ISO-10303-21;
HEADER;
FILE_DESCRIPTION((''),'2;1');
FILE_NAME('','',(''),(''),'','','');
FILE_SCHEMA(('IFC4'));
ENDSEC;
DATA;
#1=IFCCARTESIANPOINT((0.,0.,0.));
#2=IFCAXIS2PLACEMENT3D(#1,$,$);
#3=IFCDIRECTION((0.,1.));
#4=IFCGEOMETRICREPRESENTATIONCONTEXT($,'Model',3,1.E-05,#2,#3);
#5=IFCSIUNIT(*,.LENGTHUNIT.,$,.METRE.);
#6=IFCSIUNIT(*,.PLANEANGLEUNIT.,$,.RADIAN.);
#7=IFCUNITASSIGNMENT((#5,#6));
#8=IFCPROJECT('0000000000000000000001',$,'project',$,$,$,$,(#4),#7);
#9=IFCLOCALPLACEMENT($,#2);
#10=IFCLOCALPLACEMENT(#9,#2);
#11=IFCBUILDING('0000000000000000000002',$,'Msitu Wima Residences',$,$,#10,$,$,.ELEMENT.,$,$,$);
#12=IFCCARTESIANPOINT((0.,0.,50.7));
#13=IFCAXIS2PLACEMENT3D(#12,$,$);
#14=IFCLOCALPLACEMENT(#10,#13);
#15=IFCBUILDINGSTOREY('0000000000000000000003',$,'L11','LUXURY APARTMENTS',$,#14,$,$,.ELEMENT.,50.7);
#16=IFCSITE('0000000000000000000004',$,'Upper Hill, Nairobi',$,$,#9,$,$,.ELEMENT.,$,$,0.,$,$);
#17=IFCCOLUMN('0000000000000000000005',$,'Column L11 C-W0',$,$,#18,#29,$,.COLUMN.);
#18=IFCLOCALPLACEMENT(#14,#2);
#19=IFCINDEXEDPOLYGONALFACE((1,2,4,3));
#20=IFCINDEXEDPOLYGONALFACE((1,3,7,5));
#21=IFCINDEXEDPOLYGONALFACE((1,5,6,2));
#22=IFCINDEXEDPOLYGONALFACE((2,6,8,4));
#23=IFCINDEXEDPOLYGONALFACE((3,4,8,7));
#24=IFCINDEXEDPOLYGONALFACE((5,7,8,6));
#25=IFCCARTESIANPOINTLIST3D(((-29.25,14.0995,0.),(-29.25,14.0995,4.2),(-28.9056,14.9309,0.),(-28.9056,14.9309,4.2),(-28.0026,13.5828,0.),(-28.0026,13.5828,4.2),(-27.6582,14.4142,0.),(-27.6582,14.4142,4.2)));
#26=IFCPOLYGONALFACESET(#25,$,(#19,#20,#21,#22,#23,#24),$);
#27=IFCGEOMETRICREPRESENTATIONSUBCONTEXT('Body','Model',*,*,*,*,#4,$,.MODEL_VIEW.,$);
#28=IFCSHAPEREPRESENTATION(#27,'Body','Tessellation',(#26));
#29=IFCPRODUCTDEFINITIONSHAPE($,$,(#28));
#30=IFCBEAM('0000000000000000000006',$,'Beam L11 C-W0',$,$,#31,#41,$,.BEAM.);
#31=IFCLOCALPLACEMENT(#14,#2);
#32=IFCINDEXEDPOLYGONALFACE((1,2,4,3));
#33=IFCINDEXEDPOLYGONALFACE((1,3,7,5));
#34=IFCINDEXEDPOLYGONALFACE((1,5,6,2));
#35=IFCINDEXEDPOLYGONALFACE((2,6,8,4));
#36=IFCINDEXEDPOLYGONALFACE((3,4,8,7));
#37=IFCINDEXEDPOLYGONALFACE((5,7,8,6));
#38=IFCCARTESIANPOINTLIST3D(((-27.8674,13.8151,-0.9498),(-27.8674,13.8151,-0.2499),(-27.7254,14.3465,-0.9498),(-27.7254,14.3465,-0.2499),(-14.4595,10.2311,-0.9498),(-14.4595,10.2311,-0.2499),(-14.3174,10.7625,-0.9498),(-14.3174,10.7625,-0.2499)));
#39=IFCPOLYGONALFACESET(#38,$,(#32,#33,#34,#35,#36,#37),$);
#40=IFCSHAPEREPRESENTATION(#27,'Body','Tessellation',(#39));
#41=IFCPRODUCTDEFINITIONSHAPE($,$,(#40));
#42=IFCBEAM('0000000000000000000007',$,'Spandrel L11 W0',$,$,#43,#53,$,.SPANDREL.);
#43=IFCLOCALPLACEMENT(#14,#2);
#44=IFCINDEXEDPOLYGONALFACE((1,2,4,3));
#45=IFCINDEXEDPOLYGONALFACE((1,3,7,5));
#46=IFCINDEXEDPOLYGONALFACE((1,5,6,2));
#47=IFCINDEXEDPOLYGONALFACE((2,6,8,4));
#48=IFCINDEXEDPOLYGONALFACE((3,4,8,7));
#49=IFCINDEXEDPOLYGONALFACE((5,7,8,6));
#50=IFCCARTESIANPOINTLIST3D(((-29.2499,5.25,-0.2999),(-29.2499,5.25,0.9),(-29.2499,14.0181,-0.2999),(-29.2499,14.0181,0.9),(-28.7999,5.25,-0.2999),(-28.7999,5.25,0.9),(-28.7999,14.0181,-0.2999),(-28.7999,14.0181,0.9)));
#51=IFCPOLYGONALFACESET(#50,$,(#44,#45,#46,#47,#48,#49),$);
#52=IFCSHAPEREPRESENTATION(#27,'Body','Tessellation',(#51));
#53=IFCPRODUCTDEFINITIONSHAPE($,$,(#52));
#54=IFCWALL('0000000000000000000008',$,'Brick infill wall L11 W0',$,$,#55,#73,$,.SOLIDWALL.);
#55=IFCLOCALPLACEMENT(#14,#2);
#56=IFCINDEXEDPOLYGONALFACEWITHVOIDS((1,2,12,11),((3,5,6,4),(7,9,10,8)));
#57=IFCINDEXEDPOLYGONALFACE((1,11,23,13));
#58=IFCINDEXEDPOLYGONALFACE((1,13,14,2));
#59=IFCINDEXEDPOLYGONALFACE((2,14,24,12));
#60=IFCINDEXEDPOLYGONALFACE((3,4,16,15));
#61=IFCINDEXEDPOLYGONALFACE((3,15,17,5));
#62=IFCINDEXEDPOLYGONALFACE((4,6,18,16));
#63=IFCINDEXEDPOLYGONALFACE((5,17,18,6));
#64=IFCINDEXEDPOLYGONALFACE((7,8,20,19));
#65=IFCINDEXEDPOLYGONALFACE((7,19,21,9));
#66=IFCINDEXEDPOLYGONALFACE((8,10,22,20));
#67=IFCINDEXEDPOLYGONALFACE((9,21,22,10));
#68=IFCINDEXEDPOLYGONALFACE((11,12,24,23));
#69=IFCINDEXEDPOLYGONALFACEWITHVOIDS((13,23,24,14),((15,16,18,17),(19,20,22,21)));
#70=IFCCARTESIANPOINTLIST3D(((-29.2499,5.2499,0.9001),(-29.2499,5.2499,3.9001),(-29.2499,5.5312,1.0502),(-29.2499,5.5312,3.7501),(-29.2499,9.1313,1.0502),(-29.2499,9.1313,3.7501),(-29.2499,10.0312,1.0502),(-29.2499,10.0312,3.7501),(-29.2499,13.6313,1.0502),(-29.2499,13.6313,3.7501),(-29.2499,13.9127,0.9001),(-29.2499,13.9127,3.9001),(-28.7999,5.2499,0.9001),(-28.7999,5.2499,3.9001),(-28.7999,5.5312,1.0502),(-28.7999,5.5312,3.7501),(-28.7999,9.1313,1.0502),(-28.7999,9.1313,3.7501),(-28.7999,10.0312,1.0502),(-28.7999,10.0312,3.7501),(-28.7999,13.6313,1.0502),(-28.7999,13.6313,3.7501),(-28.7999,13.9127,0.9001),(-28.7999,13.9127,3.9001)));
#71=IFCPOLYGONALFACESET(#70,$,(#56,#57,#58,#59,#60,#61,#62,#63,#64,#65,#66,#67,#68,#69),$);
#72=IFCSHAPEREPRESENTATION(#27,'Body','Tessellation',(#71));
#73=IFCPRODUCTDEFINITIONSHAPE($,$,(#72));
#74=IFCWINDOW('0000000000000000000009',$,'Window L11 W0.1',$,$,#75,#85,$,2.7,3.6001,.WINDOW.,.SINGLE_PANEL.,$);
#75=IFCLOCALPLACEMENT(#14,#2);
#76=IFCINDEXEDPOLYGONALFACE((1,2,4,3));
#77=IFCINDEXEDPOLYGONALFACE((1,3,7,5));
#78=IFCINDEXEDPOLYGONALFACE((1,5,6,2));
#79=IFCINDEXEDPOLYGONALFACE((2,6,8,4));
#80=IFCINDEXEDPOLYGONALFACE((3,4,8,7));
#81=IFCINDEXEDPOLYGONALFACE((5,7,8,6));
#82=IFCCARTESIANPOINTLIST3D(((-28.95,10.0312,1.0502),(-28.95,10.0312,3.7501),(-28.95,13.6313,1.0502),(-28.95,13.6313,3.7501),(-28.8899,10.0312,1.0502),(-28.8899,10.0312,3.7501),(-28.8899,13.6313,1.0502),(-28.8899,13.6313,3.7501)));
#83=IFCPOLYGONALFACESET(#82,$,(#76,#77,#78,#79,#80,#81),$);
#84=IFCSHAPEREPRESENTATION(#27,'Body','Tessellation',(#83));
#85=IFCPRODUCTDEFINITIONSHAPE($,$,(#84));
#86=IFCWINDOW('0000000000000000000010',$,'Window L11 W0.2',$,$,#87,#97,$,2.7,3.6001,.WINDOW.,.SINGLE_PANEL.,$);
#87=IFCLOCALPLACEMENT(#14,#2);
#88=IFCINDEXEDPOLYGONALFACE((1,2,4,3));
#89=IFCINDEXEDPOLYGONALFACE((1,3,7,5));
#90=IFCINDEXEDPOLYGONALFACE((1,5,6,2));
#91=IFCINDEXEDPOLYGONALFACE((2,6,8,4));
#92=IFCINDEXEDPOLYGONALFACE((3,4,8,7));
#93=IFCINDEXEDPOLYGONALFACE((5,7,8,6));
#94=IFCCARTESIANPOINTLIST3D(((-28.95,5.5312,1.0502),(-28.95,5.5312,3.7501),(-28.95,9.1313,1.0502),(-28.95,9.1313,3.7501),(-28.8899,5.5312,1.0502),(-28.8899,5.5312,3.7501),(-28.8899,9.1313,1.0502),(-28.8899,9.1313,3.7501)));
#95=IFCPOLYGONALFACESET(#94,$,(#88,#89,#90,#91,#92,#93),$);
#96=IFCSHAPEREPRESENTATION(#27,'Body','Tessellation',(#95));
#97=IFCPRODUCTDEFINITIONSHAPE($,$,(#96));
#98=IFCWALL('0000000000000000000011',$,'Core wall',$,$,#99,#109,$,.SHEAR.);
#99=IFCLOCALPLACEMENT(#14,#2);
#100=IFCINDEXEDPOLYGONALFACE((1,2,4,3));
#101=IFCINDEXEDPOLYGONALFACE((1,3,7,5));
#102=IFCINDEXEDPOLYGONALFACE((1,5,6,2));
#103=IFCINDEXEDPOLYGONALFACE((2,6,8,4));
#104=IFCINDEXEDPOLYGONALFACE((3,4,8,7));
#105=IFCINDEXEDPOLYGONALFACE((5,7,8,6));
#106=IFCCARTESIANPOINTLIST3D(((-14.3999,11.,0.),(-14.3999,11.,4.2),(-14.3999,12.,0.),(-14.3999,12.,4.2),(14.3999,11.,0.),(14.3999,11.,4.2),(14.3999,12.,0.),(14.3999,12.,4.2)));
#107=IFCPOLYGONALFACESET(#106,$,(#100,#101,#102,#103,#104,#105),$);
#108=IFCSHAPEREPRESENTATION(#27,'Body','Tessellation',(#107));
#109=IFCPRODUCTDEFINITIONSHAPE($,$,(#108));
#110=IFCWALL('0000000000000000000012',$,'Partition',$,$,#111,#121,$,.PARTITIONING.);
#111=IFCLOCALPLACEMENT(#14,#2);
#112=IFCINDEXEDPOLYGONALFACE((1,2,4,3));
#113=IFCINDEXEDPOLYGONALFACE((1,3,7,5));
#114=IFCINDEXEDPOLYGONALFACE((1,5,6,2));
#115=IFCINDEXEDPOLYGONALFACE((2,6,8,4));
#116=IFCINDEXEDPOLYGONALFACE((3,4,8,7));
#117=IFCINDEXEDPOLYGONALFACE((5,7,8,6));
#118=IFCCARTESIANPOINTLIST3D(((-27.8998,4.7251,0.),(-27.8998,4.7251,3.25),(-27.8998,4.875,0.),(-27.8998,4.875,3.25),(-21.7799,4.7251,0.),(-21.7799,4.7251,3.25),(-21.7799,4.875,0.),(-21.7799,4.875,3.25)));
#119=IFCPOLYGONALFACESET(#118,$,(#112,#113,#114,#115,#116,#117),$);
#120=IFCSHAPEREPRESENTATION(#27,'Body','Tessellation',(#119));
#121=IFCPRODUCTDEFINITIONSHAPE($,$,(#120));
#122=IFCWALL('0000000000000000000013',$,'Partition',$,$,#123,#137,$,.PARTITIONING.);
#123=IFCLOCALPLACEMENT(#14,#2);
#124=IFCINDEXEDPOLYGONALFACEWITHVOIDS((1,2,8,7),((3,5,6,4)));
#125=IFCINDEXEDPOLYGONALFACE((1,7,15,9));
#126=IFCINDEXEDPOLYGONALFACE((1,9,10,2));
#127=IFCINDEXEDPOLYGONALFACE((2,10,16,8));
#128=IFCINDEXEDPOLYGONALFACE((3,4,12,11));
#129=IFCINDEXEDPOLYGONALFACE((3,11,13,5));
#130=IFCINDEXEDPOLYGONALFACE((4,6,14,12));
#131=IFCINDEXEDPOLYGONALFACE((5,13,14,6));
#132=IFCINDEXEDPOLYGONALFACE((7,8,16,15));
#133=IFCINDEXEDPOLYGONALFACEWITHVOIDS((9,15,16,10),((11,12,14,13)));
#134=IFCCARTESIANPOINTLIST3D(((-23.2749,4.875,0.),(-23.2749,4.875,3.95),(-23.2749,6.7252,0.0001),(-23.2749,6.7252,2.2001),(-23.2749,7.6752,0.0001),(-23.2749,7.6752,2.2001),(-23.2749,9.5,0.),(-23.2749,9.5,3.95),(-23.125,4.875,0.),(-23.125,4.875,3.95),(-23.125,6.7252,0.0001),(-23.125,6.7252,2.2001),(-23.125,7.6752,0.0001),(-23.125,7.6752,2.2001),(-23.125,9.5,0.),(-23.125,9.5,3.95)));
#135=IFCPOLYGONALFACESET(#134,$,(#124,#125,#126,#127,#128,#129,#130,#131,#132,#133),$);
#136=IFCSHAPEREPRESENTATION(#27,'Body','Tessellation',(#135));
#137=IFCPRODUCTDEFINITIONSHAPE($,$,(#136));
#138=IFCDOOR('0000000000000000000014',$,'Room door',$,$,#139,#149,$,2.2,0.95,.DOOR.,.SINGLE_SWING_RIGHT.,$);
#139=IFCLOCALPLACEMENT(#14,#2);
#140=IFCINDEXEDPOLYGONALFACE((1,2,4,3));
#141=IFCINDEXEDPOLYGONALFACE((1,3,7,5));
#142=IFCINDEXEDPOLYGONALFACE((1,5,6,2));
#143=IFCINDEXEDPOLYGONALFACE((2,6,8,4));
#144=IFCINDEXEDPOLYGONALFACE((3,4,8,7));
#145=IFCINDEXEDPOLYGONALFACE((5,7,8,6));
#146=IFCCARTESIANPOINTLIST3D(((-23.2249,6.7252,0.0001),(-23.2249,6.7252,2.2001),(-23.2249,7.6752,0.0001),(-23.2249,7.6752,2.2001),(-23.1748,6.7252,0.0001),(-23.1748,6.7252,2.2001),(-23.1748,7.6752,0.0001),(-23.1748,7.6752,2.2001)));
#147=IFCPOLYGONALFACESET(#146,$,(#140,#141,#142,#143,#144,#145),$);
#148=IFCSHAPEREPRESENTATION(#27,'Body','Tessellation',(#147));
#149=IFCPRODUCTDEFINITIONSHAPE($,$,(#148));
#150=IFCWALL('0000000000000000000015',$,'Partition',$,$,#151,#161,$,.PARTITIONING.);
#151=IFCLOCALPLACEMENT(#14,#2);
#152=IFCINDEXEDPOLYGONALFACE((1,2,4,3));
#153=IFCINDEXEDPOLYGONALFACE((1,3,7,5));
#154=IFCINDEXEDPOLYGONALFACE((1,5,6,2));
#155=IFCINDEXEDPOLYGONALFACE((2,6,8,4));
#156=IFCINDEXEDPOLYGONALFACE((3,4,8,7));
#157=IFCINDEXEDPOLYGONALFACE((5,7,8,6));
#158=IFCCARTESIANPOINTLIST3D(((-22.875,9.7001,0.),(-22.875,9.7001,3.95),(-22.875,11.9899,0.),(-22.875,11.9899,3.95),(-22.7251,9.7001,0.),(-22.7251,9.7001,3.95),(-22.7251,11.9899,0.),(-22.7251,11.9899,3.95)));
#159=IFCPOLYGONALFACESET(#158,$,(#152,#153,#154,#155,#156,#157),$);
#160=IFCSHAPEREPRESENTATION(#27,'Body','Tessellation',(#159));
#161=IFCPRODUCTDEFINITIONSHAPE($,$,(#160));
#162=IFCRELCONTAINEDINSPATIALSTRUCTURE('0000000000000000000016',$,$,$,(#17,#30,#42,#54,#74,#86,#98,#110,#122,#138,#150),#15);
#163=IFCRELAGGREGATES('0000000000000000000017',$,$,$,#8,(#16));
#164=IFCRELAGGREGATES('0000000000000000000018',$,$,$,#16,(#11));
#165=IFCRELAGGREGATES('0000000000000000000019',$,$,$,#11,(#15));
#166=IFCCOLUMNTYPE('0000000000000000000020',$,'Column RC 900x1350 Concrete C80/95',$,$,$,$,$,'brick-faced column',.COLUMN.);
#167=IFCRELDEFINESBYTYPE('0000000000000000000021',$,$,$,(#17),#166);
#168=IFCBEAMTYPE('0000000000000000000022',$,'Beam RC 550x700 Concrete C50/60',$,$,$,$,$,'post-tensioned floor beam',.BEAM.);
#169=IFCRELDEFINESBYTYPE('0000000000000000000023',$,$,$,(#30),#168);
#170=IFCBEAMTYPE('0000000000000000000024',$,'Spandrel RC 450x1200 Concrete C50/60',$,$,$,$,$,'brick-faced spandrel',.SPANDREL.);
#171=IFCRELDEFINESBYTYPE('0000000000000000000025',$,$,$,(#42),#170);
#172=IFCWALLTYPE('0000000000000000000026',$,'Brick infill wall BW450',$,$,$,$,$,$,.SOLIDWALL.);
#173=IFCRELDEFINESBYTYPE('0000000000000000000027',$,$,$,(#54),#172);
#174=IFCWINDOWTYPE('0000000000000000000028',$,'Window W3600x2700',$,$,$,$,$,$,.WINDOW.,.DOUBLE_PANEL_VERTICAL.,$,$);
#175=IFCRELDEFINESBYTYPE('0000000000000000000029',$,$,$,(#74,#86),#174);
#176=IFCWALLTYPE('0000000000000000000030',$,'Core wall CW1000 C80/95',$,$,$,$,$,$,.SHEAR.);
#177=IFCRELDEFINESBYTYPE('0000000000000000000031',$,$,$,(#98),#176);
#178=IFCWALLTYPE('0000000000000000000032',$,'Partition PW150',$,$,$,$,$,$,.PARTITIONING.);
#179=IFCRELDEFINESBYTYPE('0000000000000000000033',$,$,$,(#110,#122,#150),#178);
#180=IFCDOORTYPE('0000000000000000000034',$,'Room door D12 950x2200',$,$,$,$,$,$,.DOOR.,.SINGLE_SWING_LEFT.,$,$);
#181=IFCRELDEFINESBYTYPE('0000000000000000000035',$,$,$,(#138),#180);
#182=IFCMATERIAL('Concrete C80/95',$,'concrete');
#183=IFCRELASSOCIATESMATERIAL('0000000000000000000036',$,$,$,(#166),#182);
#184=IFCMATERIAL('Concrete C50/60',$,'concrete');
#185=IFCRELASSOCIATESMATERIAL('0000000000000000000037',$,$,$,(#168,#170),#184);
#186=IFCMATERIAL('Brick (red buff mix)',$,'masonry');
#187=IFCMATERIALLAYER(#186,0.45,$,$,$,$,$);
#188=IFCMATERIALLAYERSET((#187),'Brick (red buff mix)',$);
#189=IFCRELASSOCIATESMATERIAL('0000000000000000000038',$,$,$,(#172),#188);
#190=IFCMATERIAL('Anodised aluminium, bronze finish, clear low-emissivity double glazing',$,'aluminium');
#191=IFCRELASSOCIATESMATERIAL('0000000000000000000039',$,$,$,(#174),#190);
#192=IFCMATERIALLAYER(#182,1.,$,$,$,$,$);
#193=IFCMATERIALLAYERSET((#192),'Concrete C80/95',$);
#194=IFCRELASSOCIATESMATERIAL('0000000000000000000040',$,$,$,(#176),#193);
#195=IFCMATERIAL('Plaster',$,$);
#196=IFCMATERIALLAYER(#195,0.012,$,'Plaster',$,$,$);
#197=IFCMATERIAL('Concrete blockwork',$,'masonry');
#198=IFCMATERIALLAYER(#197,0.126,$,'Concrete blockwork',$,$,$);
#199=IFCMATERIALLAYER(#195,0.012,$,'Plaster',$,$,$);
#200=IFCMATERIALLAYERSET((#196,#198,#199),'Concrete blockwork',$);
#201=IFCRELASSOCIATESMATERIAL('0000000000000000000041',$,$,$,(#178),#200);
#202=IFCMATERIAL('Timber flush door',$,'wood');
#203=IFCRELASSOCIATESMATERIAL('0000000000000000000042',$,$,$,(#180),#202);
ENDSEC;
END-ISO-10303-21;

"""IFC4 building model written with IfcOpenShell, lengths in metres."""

from ifc_helpers import new_model, si_unit, direction, frame, frame_2d, origin, origin_2d, place, context, subcontext, project, spatial, rectangle, extrude, material, layer, layer_set, material_profile, profile_set, type_object, element, fill, save


model = new_model("IFC4")

# Units and contexts
model_context = context("Model", 3, precision=1e-05, world=origin(), true_north=direction((0.0, 1.0)))
body_context = subcontext(model_context, "Body", "Model", "MODEL_VIEW")
ifc_project = project(units=[si_unit("LENGTHUNIT", "METRE"), si_unit("PLANEANGLEUNIT", "RADIAN")], contexts=[model_context])

# Site, building, storey
site_placement = place(None, origin())
site = spatial("IfcSite", under=ifc_project, at=site_placement, Name="Upper Hill, Nairobi", CompositionType="ELEMENT", RefElevation=0.0)
building_placement = place(site_placement, origin())
building = spatial("IfcBuilding", under=site, at=building_placement, Name="Msitu Wima Residences", CompositionType="ELEMENT")
storey_placement = place(building_placement, frame((0.0, 0.0, 50.7)))
storey = spatial("IfcBuildingStorey", under=building, at=storey_placement, Name="L11", Description="LUXURY APARTMENTS", CompositionType="ELEMENT", Elevation=50.7)

# Column
ifc_material_1 = material(Name="Concrete C80/95", Category="concrete")
ifc_material_profile_1 = material_profile(ifc_material_1, rectangle(XDim=0.8999, YDim=1.3501, at=origin_2d()), Name="RC 900x1350")
ifc_profile_set_1 = profile_set([ifc_material_profile_1], Name="Concrete C80/95")
column_type = type_object("IfcColumnType", Name="Column RC 900x1350 Concrete C80/95", ElementType="brick-faced column", PredefinedType="COLUMN", material=ifc_profile_set_1)
column_placement = place(storey_placement, frame((-28.4541, 14.2568, 0.0), z_axis=(0.0, 0.0, 1.0), x_axis=(-0.382683, -0.92388, 0.0)))
element("IfcColumn", 1, at=column_placement, inside=storey, type_object=column_type, Name="Column L11 C-W0", PredefinedType="COLUMN", context=body_context, shape_type="SweptSolid", body=[
    extrude(rectangle(XDim=0.8999, YDim=1.3501, at=origin_2d()), origin(), (0.0, 0.0, 1.0), 4.2),
])

# Beams
ifc_material_2 = material(Name="Concrete C50/60", Category="concrete")
ifc_material_profile_2 = material_profile(ifc_material_2, rectangle(XDim=0.55, YDim=0.7, at=origin_2d()), Name="RC 550x700")
ifc_profile_set_2 = profile_set([ifc_material_profile_2], Name="Concrete C50/60")
beam_type_1 = type_object("IfcBeamType", Name="Beam RC 550x700 Concrete C50/60", ElementType="post-tensioned floor beam", PredefinedType="BEAM", material=ifc_profile_set_2)
beam_1_placement = place(storey_placement, frame((-27.7964, 14.0808, -0.5999), z_axis=(0.966082, -0.258236, 0.0), x_axis=(0.258236, 0.966082, 0.0)))
element("IfcBeam", 2, at=beam_1_placement, inside=storey, type_object=beam_type_1, Name="Beam L11 C-W0", PredefinedType="BEAM", context=body_context, shape_type="SweptSolid", body=[
    extrude(rectangle(XDim=0.55, YDim=0.7, at=origin_2d()), origin(), (0.0, 0.0, 1.0), 13.8787),
])
ifc_material_profile_3 = material_profile(ifc_material_2, rectangle(XDim=0.45, YDim=1.2, at=origin_2d()), Name="RC 450x1200")
ifc_profile_set_3 = profile_set([ifc_material_profile_3], Name="Concrete C50/60")
beam_type_2 = type_object("IfcBeamType", Name="Spandrel RC 450x1200 Concrete C50/60", ElementType="brick-faced spandrel", PredefinedType="SPANDREL", material=ifc_profile_set_3)
beam_2_placement = place(storey_placement, frame((-29.0249, 14.0181, 0.3), z_axis=(0.0, -1.0, 0.0), x_axis=(1.0, 0.0, 0.0)))
element("IfcBeam", 3, at=beam_2_placement, inside=storey, type_object=beam_type_2, Name="Spandrel L11 W0", PredefinedType="SPANDREL", context=body_context, shape_type="SweptSolid", body=[
    extrude(rectangle(XDim=0.45, YDim=1.2, at=origin_2d()), origin(), (0.0, 0.0, 1.0), 8.7681),
])

# Wall, openings, windows
ifc_material_3 = material(Name="Brick (red buff mix)", Category="masonry")
ifc_layer_1 = layer(ifc_material_3, 0.45)
ifc_layer_set_1 = layer_set([ifc_layer_1], Name="Brick (red buff mix)")
wall_type_1 = type_object("IfcWallType", Name="Brick infill wall BW450", PredefinedType="SOLIDWALL", material=ifc_layer_set_1)
wall_1_placement = place(storey_placement, frame((-29.0249, 13.9128, 0.9001), z_axis=(0.0, 0.0, 1.0), x_axis=(0.0, -1.0, 0.0)))
wall_1 = element("IfcWall", 4, at=wall_1_placement, inside=storey, type_object=wall_type_1, Name="Brick infill wall L11 W0", PredefinedType="SOLIDWALL", context=body_context, shape_type="SweptSolid", body=[
    extrude(rectangle(XDim=8.6628, YDim=0.45, at=frame_2d((4.3315, 0.0))), origin(), (0.0, 0.0, 1.0), 3.0),
])
opening_1_placement = place(wall_1_placement, frame((0.2815, 0.0, 0.1499)))
opening_1 = element("IfcOpeningElement", 5, at=opening_1_placement, cuts=wall_1, PredefinedType="OPENING", context=body_context, shape_type="SweptSolid", body=[
    extrude(rectangle(XDim=3.6001, YDim=2.7, at=frame_2d((1.8, 1.3501))), frame((0.0, 0.2349, 0.0), z_axis=(0.0, -1.0, 0.0), x_axis=(1.0, 0.0, 0.0)), (0.0, 0.0, 1.0), 0.47),
])
opening_2_placement = place(wall_1_placement, frame((4.7815, 0.0, 0.1499)))
opening_2 = element("IfcOpeningElement", 6, at=opening_2_placement, cuts=wall_1, PredefinedType="OPENING", context=body_context, shape_type="SweptSolid", body=[
    extrude(rectangle(XDim=3.6001, YDim=2.7, at=frame_2d((1.8, 1.3501))), frame((0.0, 0.2349, 0.0), z_axis=(0.0, -1.0, 0.0), x_axis=(1.0, 0.0, 0.0)), (0.0, 0.0, 1.0), 0.47),
])
ifc_material_4 = material(Name="Anodised aluminium, bronze finish, clear low-emissivity double glazing", Category="aluminium")
window_type = type_object("IfcWindowType", Name="Window W3600x2700", PartitioningType="DOUBLE_PANEL_VERTICAL", PredefinedType="WINDOW", material=ifc_material_4)
window_1_placement = place(opening_1_placement, origin())
window_1 = element("IfcWindow", 7, at=window_1_placement, inside=storey, type_object=window_type, Name="Window L11 W0.1", OverallHeight=2.7, OverallWidth=3.6001, PartitioningType="SINGLE_PANEL", PredefinedType="WINDOW", context=body_context, shape_type="SweptSolid", body=[
    extrude(rectangle(XDim=3.6001, YDim=2.7, at=frame_2d((1.8, 1.3501))), frame((0.0, 0.135, 0.0), z_axis=(0.0, -1.0, 0.0), x_axis=(1.0, 0.0, 0.0)), (0.0, 0.0, 1.0), 0.0601),
])
fill(opening_1, window_1)
window_2_placement = place(opening_2_placement, origin())
window_2 = element("IfcWindow", 8, at=window_2_placement, inside=storey, type_object=window_type, Name="Window L11 W0.2", OverallHeight=2.7, OverallWidth=3.6001, PartitioningType="SINGLE_PANEL", PredefinedType="WINDOW", context=body_context, shape_type="SweptSolid", body=[
    extrude(rectangle(XDim=3.6001, YDim=2.7, at=frame_2d((1.8, 1.3501))), frame((0.0, 0.135, 0.0), z_axis=(0.0, -1.0, 0.0), x_axis=(1.0, 0.0, 0.0)), (0.0, 0.0, 1.0), 0.0601),
])
fill(opening_2, window_2)

# Walls
ifc_layer_2 = layer(ifc_material_1, 1.0)
ifc_layer_set_2 = layer_set([ifc_layer_2], Name="Concrete C80/95")
wall_type_2 = type_object("IfcWallType", Name="Core wall CW1000 C80/95", PredefinedType="SHEAR", material=ifc_layer_set_2)
wall_2_placement = place(storey_placement, frame((-14.3999, 11.5, 0.0), z_axis=(0.0, 0.0, 1.0), x_axis=(1.0, 0.0, 0.0)))
element("IfcWall", 9, at=wall_2_placement, inside=storey, type_object=wall_type_2, Name="Core wall", PredefinedType="SHEAR", context=body_context, shape_type="SweptSolid", body=[
    extrude(rectangle(XDim=28.7998, YDim=1.0, at=frame_2d((14.3999, 0.0))), origin(), (0.0, 0.0, 1.0), 4.2),
])
ifc_material_5 = material(Name="Plaster")
ifc_layer_3 = layer(ifc_material_5, 0.012, Name="Plaster")
ifc_material_6 = material(Name="Concrete blockwork", Category="masonry")
ifc_layer_4 = layer(ifc_material_6, 0.126, Name="Concrete blockwork")
ifc_layer_5 = layer(ifc_material_5, 0.012, Name="Plaster")
ifc_layer_set_3 = layer_set([ifc_layer_3, ifc_layer_4, ifc_layer_5], Name="Concrete blockwork")
wall_type_3 = type_object("IfcWallType", Name="Partition PW150", PredefinedType="PARTITIONING", material=ifc_layer_set_3)
wall_3_placement = place(storey_placement, frame((-27.8999, 4.8, 0.0), z_axis=(0.0, 0.0, 1.0), x_axis=(1.0, 0.0, 0.0)))
element("IfcWall", 10, at=wall_3_placement, inside=storey, type_object=wall_type_3, Name="Partition", PredefinedType="PARTITIONING", context=body_context, shape_type="SweptSolid", body=[
    extrude(rectangle(XDim=6.1199, YDim=0.1499, at=frame_2d((3.0601, 0.0))), origin(), (0.0, 0.0, 1.0), 3.25),
])

# Wall, opening, door
wall_4_placement = place(storey_placement, frame((-23.2, 4.875, 0.0), z_axis=(0.0, 0.0, 1.0), x_axis=(0.0, 1.0, 0.0)))
wall_4 = element("IfcWall", 11, at=wall_4_placement, inside=storey, type_object=wall_type_3, Name="Partition", PredefinedType="PARTITIONING", context=body_context, shape_type="SweptSolid", body=[
    extrude(rectangle(XDim=4.625, YDim=0.1499, at=frame_2d((2.3125, 0.0))), origin(), (0.0, 0.0, 1.0), 3.95),
])
opening_3_placement = place(wall_4_placement, frame((1.8501, 0.0, 0.0)))
opening_3 = element("IfcOpeningElement", 12, at=opening_3_placement, cuts=wall_4, PredefinedType="OPENING", context=body_context, shape_type="SweptSolid", body=[
    extrude(rectangle(XDim=0.95, YDim=2.2, at=frame_2d((0.4751, 1.1001))), frame((0.0, 0.085, 0.0), z_axis=(0.0, -1.0, 0.0), x_axis=(1.0, 0.0, 0.0)), (0.0, 0.0, 1.0), 0.1699),
])
ifc_material_7 = material(Name="Timber flush door", Category="wood")
door_type_1 = type_object("IfcDoorType", Name="Room door D12 950x2200", OperationType="SINGLE_SWING_LEFT", PredefinedType="DOOR", material=ifc_material_7)
door_1_placement = place(opening_3_placement, origin())
door_1 = element("IfcDoor", 13, at=door_1_placement, inside=storey, type_object=door_type_1, Name="Room door", OperationType="SINGLE_SWING_RIGHT", OverallHeight=2.2, OverallWidth=0.95, PredefinedType="DOOR", context=body_context, shape_type="SweptSolid", body=[
    extrude(rectangle(XDim=0.95, YDim=2.2, at=frame_2d((0.4751, 1.1001))), frame((0.0, 0.0249, 0.0), z_axis=(0.0, -1.0, 0.0), x_axis=(1.0, 0.0, 0.0)), (0.0, 0.0, 1.0), 0.05),
])
fill(opening_3, door_1)

# Wall
wall_5_placement = place(storey_placement, frame((-22.8, 9.7, 0.0), z_axis=(0.0, 0.0, 1.0), x_axis=(0.0, 1.0, 0.0)))
element("IfcWall", 14, at=wall_5_placement, inside=storey, type_object=wall_type_3, Name="Partition", PredefinedType="PARTITIONING", context=body_context, shape_type="SweptSolid", body=[
    extrude(rectangle(XDim=2.2898, YDim=0.1499, at=frame_2d((1.145, 0.0))), origin(), (0.0, 0.0, 1.0), 3.95),
])

save(model, "model.ifc")
